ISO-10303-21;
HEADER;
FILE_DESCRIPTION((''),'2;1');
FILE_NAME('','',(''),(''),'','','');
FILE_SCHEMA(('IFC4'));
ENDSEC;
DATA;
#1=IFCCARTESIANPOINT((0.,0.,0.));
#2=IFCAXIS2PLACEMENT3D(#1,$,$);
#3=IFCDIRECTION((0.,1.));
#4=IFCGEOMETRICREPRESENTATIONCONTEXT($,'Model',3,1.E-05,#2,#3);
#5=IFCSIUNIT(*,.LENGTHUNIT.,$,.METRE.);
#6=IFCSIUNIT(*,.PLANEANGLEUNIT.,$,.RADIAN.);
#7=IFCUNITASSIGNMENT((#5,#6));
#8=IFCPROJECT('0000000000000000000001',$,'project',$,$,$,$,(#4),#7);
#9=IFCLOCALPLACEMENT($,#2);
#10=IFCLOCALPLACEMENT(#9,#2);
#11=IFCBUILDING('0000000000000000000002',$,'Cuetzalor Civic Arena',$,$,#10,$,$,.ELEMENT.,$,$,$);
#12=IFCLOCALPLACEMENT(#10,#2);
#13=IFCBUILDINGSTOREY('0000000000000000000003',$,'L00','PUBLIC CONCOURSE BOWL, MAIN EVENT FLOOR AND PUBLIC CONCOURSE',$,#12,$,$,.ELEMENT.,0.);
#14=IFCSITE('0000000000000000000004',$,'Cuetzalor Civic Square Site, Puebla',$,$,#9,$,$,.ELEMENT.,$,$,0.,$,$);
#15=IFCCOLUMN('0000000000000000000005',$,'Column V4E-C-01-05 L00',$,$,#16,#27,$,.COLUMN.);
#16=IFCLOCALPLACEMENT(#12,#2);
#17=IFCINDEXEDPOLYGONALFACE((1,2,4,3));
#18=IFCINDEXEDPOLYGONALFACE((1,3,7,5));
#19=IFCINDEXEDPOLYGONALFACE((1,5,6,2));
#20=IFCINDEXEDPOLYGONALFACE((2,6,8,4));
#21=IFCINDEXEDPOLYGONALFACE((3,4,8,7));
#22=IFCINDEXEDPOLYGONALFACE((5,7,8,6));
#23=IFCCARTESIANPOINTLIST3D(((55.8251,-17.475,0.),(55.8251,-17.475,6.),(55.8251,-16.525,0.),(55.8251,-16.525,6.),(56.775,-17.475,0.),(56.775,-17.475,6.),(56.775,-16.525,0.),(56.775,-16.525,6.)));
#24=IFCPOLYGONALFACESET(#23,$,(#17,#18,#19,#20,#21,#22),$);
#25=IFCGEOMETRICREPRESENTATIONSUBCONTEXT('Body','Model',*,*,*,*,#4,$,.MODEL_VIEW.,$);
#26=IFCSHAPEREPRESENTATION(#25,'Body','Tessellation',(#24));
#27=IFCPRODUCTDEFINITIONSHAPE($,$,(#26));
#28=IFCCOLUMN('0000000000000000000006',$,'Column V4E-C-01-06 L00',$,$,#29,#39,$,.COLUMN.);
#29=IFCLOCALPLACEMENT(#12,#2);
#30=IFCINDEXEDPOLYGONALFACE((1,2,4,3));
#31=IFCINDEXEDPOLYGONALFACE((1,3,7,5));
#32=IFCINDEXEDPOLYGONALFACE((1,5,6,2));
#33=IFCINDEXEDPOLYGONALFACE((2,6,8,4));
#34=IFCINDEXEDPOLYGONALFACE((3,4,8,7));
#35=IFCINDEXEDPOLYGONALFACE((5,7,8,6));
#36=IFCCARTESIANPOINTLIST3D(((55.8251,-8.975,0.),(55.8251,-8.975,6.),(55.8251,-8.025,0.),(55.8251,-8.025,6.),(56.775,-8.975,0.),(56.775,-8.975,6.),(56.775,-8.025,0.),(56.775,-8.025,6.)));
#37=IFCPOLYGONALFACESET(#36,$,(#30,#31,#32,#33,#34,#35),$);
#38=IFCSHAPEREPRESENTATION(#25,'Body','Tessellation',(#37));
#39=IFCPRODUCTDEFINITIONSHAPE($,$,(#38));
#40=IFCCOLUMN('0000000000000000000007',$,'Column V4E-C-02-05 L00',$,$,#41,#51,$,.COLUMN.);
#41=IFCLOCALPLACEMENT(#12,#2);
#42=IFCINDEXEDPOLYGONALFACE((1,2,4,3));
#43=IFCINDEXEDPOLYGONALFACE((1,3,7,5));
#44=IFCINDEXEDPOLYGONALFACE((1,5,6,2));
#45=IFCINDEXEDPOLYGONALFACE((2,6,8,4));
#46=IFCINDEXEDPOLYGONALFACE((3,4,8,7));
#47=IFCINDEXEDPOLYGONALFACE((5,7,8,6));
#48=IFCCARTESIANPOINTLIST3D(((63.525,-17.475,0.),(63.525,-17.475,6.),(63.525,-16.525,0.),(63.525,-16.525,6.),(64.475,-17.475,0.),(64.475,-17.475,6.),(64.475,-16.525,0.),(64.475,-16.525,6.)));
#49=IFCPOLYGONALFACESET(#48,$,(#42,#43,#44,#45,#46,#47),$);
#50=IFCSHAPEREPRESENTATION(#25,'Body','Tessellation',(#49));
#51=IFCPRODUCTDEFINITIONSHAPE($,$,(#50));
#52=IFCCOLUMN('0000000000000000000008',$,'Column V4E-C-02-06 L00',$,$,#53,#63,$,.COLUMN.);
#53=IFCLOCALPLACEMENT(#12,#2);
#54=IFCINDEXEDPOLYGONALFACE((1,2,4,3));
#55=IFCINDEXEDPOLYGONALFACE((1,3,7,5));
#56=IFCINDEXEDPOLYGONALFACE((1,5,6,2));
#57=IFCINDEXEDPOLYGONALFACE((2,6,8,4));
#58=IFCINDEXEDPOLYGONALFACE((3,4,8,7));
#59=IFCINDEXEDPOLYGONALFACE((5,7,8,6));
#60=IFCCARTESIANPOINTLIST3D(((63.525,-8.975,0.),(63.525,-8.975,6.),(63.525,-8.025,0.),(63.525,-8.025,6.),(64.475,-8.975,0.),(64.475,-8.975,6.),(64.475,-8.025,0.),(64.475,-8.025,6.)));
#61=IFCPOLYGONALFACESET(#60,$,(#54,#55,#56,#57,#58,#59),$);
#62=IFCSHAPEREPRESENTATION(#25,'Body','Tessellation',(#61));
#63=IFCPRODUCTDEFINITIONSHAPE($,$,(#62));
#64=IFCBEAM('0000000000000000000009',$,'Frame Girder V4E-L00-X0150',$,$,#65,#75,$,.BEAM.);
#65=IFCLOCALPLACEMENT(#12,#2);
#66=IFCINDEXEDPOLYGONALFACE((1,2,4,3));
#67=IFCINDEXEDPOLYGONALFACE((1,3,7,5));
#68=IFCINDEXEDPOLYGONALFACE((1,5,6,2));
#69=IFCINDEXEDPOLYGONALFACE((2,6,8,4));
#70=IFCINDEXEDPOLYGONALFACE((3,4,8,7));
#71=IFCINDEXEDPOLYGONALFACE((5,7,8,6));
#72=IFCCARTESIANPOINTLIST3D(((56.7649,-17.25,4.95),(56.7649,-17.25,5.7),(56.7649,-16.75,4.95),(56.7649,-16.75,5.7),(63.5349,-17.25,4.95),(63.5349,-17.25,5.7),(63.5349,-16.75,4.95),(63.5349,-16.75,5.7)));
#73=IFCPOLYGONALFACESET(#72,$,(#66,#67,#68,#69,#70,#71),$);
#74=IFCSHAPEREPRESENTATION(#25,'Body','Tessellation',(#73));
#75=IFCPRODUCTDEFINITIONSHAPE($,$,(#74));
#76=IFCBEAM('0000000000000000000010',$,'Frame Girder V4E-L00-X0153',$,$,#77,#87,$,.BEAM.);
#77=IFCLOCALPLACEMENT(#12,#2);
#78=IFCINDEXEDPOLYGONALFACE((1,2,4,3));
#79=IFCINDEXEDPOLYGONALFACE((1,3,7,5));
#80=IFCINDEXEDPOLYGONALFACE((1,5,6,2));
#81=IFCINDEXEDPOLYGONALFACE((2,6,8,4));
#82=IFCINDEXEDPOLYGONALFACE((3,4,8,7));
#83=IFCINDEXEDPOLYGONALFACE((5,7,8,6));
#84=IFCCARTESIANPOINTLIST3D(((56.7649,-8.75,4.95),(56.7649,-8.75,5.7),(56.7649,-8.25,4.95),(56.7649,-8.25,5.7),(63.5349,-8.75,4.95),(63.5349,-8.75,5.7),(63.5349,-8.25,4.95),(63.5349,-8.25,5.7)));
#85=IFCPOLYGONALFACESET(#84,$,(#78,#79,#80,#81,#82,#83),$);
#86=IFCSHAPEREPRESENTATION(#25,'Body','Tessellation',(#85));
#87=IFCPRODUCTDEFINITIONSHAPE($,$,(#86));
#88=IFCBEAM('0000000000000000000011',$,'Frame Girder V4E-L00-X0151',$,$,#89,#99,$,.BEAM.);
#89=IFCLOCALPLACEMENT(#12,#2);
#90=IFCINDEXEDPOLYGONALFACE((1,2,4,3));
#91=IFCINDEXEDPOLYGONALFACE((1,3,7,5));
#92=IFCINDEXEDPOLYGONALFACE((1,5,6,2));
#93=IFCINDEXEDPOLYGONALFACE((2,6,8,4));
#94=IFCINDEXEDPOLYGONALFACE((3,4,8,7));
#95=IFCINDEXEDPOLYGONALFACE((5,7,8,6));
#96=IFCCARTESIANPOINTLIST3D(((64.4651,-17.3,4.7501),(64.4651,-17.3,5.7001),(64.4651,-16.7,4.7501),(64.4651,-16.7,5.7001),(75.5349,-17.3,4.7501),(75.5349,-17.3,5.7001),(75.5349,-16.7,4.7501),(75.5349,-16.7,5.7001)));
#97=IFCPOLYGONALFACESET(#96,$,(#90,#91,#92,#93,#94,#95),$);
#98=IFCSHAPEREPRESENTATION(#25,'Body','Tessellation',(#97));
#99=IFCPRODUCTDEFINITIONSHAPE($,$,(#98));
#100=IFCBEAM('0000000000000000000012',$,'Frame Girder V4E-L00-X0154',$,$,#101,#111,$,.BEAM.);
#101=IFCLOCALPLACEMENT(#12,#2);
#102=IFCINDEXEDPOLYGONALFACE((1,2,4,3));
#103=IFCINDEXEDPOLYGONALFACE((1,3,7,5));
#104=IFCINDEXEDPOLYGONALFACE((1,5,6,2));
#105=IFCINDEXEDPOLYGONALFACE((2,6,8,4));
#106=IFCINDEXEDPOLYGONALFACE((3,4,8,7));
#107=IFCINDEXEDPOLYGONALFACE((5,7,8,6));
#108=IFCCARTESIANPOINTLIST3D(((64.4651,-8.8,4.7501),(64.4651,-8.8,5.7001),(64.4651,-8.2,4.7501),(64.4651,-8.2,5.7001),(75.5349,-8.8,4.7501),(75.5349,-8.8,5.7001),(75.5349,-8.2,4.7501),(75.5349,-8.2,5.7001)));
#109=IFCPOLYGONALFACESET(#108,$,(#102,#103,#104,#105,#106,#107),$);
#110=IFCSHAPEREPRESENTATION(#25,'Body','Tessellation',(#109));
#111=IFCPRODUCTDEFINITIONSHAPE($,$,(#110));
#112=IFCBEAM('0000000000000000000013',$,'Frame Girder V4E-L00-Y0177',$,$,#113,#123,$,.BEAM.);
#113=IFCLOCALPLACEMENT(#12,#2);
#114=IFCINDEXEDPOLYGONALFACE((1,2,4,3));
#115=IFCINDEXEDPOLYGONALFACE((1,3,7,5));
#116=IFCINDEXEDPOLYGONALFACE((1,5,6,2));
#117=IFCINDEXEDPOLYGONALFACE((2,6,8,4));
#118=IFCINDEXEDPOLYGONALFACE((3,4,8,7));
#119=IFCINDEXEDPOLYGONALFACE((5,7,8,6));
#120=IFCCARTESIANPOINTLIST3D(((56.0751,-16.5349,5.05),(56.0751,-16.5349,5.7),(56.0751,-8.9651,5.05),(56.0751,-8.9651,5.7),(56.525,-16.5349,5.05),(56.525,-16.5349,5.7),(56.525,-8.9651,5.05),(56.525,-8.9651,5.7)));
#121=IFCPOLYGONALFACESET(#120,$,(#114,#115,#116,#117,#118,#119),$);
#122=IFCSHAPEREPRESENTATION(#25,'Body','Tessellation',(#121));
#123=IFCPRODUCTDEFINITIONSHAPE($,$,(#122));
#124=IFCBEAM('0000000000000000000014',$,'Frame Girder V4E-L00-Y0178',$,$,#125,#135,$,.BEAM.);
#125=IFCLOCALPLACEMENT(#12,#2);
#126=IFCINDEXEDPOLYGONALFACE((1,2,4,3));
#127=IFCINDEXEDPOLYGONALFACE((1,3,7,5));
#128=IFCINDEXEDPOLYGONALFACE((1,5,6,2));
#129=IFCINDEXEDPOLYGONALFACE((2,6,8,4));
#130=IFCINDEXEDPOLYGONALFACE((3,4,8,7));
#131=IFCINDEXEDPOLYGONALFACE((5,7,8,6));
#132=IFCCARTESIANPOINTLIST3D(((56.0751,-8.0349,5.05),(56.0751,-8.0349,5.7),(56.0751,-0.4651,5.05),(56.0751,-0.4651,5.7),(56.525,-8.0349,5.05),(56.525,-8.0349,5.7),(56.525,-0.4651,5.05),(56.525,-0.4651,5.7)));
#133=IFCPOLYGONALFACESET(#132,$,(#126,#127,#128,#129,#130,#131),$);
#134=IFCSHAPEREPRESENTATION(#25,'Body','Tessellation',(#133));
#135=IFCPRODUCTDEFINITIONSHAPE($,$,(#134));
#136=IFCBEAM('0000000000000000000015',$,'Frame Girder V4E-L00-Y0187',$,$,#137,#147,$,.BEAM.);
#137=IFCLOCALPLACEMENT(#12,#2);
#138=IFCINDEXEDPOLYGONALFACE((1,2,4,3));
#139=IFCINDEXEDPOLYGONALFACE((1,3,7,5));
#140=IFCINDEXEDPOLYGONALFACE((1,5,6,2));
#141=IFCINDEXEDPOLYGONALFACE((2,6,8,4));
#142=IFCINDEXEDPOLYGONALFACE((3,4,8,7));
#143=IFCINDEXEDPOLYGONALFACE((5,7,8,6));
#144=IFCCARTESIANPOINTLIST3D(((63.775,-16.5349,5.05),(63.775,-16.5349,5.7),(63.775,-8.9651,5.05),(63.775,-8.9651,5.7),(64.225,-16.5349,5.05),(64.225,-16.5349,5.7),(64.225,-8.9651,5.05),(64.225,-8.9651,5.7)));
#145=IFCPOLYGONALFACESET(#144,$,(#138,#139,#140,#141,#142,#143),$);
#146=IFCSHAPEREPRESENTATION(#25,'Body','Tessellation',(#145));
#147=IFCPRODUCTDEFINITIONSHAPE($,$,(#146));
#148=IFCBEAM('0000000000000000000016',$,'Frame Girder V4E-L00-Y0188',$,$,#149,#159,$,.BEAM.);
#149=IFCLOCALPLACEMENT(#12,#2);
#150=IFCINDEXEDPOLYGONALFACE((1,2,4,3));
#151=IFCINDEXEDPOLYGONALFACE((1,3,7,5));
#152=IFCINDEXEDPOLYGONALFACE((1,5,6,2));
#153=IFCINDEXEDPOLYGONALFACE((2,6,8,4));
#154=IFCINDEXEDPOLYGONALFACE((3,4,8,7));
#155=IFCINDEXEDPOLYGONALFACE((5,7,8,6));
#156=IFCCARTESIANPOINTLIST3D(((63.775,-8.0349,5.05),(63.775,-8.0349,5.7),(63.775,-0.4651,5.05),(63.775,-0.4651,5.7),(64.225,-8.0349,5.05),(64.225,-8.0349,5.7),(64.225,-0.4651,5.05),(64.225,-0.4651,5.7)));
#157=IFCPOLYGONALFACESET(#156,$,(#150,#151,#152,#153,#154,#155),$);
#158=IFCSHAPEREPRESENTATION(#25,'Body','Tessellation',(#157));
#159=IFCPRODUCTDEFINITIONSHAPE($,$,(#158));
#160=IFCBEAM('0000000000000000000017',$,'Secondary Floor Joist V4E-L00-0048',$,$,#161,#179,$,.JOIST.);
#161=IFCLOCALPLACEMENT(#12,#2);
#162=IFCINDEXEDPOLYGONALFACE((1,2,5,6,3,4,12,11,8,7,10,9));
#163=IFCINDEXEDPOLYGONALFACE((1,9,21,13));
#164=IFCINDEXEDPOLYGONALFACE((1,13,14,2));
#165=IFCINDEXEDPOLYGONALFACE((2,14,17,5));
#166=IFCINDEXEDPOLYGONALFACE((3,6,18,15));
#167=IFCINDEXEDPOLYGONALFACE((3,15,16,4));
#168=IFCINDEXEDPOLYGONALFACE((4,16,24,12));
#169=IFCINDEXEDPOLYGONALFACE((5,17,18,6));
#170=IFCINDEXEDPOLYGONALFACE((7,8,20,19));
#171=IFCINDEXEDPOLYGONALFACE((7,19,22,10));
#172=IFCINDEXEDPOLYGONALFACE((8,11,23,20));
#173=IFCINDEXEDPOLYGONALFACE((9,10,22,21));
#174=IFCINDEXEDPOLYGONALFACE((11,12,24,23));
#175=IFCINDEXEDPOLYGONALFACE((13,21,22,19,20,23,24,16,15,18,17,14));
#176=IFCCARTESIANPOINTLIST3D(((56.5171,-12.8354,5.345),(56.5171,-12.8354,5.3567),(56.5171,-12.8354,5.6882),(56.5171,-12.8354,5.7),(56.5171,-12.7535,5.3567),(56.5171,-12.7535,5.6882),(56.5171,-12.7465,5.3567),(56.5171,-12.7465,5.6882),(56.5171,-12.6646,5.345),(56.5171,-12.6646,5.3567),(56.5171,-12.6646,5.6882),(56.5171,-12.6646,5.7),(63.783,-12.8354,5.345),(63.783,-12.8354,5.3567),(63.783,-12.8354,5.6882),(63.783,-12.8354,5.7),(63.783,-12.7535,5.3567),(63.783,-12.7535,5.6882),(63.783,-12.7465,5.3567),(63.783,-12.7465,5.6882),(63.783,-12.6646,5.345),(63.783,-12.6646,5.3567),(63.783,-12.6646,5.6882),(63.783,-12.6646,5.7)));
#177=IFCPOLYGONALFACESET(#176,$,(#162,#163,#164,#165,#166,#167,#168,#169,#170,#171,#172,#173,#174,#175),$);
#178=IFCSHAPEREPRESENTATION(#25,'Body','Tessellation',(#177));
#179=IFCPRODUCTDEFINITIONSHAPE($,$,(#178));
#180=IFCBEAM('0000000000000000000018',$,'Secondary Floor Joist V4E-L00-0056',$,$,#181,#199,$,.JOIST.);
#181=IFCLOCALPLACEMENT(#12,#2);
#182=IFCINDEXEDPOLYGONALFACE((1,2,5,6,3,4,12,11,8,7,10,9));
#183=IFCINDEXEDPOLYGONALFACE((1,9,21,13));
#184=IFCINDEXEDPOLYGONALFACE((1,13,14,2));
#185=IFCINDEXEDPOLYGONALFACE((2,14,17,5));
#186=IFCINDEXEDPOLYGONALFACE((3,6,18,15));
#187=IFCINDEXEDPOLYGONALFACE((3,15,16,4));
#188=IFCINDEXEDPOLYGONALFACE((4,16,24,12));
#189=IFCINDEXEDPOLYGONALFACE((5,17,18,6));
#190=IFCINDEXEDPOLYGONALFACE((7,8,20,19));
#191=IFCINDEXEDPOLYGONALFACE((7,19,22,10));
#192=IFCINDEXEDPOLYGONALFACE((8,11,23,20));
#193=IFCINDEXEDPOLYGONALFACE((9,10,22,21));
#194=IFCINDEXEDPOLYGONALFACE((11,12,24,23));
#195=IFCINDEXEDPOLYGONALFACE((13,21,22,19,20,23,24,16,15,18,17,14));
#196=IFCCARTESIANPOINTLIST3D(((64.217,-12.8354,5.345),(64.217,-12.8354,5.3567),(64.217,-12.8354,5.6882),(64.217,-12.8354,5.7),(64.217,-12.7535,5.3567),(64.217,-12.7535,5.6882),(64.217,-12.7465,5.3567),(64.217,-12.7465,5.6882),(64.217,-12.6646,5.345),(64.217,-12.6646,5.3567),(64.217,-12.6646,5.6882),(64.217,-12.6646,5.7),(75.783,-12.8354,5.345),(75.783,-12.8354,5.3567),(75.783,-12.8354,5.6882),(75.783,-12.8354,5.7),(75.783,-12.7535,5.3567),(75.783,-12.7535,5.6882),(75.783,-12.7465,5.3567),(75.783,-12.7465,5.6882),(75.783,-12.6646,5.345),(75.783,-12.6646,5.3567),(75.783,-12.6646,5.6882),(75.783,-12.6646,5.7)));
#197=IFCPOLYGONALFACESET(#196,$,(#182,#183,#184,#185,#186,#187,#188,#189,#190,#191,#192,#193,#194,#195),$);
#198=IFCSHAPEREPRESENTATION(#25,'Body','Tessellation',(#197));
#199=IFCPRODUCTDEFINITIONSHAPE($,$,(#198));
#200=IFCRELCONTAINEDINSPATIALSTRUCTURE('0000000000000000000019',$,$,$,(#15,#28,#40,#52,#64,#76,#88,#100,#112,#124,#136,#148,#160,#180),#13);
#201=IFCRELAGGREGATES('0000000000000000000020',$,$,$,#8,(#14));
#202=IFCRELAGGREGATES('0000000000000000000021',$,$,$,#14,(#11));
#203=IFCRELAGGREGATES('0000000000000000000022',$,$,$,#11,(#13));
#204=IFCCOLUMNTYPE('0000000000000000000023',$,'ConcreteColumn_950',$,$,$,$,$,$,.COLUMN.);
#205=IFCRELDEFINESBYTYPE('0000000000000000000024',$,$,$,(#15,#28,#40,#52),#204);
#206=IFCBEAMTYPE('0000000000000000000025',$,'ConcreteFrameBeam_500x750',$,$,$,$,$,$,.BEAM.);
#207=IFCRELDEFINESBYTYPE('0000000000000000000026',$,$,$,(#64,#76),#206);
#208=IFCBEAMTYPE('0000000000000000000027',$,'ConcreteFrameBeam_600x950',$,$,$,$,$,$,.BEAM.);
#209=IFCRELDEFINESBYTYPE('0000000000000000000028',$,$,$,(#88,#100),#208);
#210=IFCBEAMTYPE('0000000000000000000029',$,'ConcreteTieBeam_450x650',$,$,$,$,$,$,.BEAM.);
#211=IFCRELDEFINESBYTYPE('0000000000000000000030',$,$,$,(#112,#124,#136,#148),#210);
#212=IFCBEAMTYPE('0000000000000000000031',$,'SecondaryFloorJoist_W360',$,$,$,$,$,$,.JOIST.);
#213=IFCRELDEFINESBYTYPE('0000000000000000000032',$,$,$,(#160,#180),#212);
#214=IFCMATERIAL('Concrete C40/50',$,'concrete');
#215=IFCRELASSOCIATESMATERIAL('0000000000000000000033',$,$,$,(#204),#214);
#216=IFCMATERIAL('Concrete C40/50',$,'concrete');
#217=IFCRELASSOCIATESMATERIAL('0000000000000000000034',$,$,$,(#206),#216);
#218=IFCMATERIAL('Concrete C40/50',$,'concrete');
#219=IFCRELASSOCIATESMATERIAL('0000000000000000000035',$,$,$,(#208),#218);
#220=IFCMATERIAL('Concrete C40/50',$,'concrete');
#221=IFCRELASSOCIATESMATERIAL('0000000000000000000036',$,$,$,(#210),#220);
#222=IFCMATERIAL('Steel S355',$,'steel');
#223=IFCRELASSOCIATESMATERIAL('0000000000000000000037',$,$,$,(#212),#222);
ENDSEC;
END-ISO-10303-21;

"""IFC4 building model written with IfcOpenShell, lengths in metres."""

from ifc_helpers import new_model, si_unit, direction, frame, origin, origin_2d, place, context, subcontext, project, spatial, rectangle, i_section, extrude, material, material_profile, profile_set, type_object, element, save


model = new_model("IFC4")

# Units and contexts
model_context = context("Model", 3, precision=1e-05, world=origin(), true_north=direction((0.0, 1.0)))
body_context = subcontext(model_context, "Body", "Model", "MODEL_VIEW")
ifc_project = project(units=[si_unit("LENGTHUNIT", "METRE"), si_unit("PLANEANGLEUNIT", "RADIAN")], contexts=[model_context])

# Site, building, storey
site_placement = place(None, origin())
site = spatial("IfcSite", under=ifc_project, at=site_placement, Name="Cuetzalor Civic Square Site, Puebla", CompositionType="ELEMENT", RefElevation=0.0)
building_placement = place(site_placement, origin())
building = spatial("IfcBuilding", under=site, at=building_placement, Name="Cuetzalor Civic Arena", CompositionType="ELEMENT")
storey_placement = place(building_placement, origin())
storey = spatial("IfcBuildingStorey", under=building, at=storey_placement, Name="L00", Description="PUBLIC CONCOURSE BOWL, MAIN EVENT FLOOR AND PUBLIC CONCOURSE", CompositionType="ELEMENT", Elevation=0.0)

# Columns
ifc_material_1 = material(Name="Concrete C40/50", Category="concrete")
ifc_material_profile_1 = material_profile(ifc_material_1, rectangle(XDim=0.95, YDim=0.95, at=origin_2d()), Name="RC 950x950")
ifc_profile_set_1 = profile_set([ifc_material_profile_1], Name="Concrete C40/50")
column_type = type_object("IfcColumnType", Name="ConcreteColumn_950", PredefinedType="COLUMN", material=ifc_profile_set_1)
for number, where, z_axis, x_axis, name in (
    (1, (56.3, -17.0, 0.0), (0.0, 0.0, 1.0), (1.0, 0.0, 0.0), "Column V4E-C-01-05 L00"),
    (2, (56.3, -8.5, 0.0), (0.0, 0.0, 1.0), (1.0, 0.0, 0.0), "Column V4E-C-01-06 L00"),
    (3, (64.0, -17.0, 0.0), (0.0, 0.0, 1.0), (1.0, 0.0, 0.0), "Column V4E-C-02-05 L00"),
    (4, (64.0, -8.5, 0.0), (0.0, 0.0, 1.0), (1.0, 0.0, 0.0), "Column V4E-C-02-06 L00"),
):
    element("IfcColumn", number, at=place(storey_placement, frame(where, z_axis=z_axis, x_axis=x_axis)), inside=storey, type_object=column_type, Name=name, PredefinedType="COLUMN", context=body_context, shape_type="SweptSolid", body=[
        extrude(rectangle(XDim=0.95, YDim=0.95, at=origin_2d()), origin(), (0.0, 0.0, 1.0), 6.0),
    ])

# Beams
ifc_material_2 = material(Name="Concrete C40/50", Category="concrete")
ifc_material_profile_2 = material_profile(ifc_material_2, rectangle(XDim=0.5, YDim=0.75, at=origin_2d()), Name="RC 500x750")
ifc_profile_set_2 = profile_set([ifc_material_profile_2], Name="Concrete C40/50")
beam_type_1 = type_object("IfcBeamType", Name="ConcreteFrameBeam_500x750", PredefinedType="BEAM", material=ifc_profile_set_2)
for number, where, z_axis, x_axis, name in (
    (5, (56.7649, -17.0, 5.325), (1.0, 0.0, 0.0), (0.0, 1.0, 0.0), "Frame Girder V4E-L00-X0150"),
    (6, (56.7649, -8.5, 5.325), (1.0, 0.0, 0.0), (0.0, 1.0, 0.0), "Frame Girder V4E-L00-X0153"),
):
    element("IfcBeam", number, at=place(storey_placement, frame(where, z_axis=z_axis, x_axis=x_axis)), inside=storey, type_object=beam_type_1, Name=name, PredefinedType="BEAM", context=body_context, shape_type="SweptSolid", body=[
        extrude(rectangle(XDim=0.5, YDim=0.75, at=origin_2d()), origin(), (0.0, 0.0, 1.0), 6.77),
    ])
ifc_material_3 = material(Name="Concrete C40/50", Category="concrete")
ifc_material_profile_3 = material_profile(ifc_material_3, rectangle(XDim=0.6001, YDim=0.95, at=origin_2d()), Name="RC 600x950")
ifc_profile_set_3 = profile_set([ifc_material_profile_3], Name="Concrete C40/50")
beam_type_2 = type_object("IfcBeamType", Name="ConcreteFrameBeam_600x950", PredefinedType="BEAM", material=ifc_profile_set_3)
for number, where, z_axis, x_axis, name in (
    (7, (64.4651, -17.0, 5.2251), (1.0, 0.0, 0.0), (0.0, 1.0, 0.0), "Frame Girder V4E-L00-X0151"),
    (8, (64.4651, -8.5, 5.2251), (1.0, 0.0, 0.0), (0.0, 1.0, 0.0), "Frame Girder V4E-L00-X0154"),
):
    element("IfcBeam", number, at=place(storey_placement, frame(where, z_axis=z_axis, x_axis=x_axis)), inside=storey, type_object=beam_type_2, Name=name, PredefinedType="BEAM", context=body_context, shape_type="SweptSolid", body=[
        extrude(rectangle(XDim=0.6001, YDim=0.95, at=origin_2d()), origin(), (0.0, 0.0, 1.0), 11.0698),
    ])
ifc_material_4 = material(Name="Concrete C40/50", Category="concrete")
ifc_material_profile_4 = material_profile(ifc_material_4, rectangle(XDim=0.45, YDim=0.6499, at=origin_2d()), Name="RC 450x650")
ifc_profile_set_4 = profile_set([ifc_material_profile_4], Name="Concrete C40/50")
beam_type_3 = type_object("IfcBeamType", Name="ConcreteTieBeam_450x650", PredefinedType="BEAM", material=ifc_profile_set_4)
for number, where, z_axis, x_axis, name in (
    (9, (56.3, -16.5349, 5.375), (0.0, 1.0, 0.0), (-1.0, 0.0, 0.0), "Frame Girder V4E-L00-Y0177"),
    (10, (56.3, -8.0349, 5.375), (0.0, 1.0, 0.0), (-1.0, 0.0, 0.0), "Frame Girder V4E-L00-Y0178"),
    (11, (64.0, -16.5349, 5.375), (0.0, 1.0, 0.0), (-1.0, 0.0, 0.0), "Frame Girder V4E-L00-Y0187"),
    (12, (64.0, -8.0349, 5.375), (0.0, 1.0, 0.0), (-1.0, 0.0, 0.0), "Frame Girder V4E-L00-Y0188"),
):
    element("IfcBeam", number, at=place(storey_placement, frame(where, z_axis=z_axis, x_axis=x_axis)), inside=storey, type_object=beam_type_3, Name=name, PredefinedType="BEAM", context=body_context, shape_type="SweptSolid", body=[
        extrude(rectangle(XDim=0.45, YDim=0.6499, at=origin_2d()), origin(), (0.0, 0.0, 1.0), 7.5698),
    ])
ifc_material_5 = material(Name="Steel S355", Category="steel")
ifc_material_profile_5 = material_profile(ifc_material_5, i_section(OverallWidth=0.1709, OverallDepth=0.355, WebThickness=0.0071, FlangeThickness=0.0117, at=origin_2d()), Name="W360x51")
ifc_profile_set_5 = profile_set([ifc_material_profile_5], Name="Steel S355")
beam_type_4 = type_object("IfcBeamType", Name="SecondaryFloorJoist_W360", PredefinedType="JOIST", material=ifc_profile_set_5)
beam_1_placement = place(storey_placement, frame((56.5171, -12.75, 5.5225), z_axis=(1.0, 0.0, 0.0), x_axis=(0.0, 1.0, 0.0)))
element("IfcBeam", 13, at=beam_1_placement, inside=storey, type_object=beam_type_4, Name="Secondary Floor Joist V4E-L00-0048", PredefinedType="JOIST", context=body_context, shape_type="SweptSolid", body=[
    extrude(i_section(OverallWidth=0.1709, OverallDepth=0.355, WebThickness=0.0071, FlangeThickness=0.0117, at=origin_2d()), origin(), (0.0, 0.0, 1.0), 7.2659),
])
beam_2_placement = place(storey_placement, frame((64.217, -12.75, 5.5225), z_axis=(1.0, 0.0, 0.0), x_axis=(0.0, 1.0, 0.0)))
element("IfcBeam", 14, at=beam_2_placement, inside=storey, type_object=beam_type_4, Name="Secondary Floor Joist V4E-L00-0056", PredefinedType="JOIST", context=body_context, shape_type="SweptSolid", body=[
    extrude(i_section(OverallWidth=0.1709, OverallDepth=0.355, WebThickness=0.0071, FlangeThickness=0.0117, at=origin_2d()), origin(), (0.0, 0.0, 1.0), 11.5659),
])

save(model, "model.ifc")
